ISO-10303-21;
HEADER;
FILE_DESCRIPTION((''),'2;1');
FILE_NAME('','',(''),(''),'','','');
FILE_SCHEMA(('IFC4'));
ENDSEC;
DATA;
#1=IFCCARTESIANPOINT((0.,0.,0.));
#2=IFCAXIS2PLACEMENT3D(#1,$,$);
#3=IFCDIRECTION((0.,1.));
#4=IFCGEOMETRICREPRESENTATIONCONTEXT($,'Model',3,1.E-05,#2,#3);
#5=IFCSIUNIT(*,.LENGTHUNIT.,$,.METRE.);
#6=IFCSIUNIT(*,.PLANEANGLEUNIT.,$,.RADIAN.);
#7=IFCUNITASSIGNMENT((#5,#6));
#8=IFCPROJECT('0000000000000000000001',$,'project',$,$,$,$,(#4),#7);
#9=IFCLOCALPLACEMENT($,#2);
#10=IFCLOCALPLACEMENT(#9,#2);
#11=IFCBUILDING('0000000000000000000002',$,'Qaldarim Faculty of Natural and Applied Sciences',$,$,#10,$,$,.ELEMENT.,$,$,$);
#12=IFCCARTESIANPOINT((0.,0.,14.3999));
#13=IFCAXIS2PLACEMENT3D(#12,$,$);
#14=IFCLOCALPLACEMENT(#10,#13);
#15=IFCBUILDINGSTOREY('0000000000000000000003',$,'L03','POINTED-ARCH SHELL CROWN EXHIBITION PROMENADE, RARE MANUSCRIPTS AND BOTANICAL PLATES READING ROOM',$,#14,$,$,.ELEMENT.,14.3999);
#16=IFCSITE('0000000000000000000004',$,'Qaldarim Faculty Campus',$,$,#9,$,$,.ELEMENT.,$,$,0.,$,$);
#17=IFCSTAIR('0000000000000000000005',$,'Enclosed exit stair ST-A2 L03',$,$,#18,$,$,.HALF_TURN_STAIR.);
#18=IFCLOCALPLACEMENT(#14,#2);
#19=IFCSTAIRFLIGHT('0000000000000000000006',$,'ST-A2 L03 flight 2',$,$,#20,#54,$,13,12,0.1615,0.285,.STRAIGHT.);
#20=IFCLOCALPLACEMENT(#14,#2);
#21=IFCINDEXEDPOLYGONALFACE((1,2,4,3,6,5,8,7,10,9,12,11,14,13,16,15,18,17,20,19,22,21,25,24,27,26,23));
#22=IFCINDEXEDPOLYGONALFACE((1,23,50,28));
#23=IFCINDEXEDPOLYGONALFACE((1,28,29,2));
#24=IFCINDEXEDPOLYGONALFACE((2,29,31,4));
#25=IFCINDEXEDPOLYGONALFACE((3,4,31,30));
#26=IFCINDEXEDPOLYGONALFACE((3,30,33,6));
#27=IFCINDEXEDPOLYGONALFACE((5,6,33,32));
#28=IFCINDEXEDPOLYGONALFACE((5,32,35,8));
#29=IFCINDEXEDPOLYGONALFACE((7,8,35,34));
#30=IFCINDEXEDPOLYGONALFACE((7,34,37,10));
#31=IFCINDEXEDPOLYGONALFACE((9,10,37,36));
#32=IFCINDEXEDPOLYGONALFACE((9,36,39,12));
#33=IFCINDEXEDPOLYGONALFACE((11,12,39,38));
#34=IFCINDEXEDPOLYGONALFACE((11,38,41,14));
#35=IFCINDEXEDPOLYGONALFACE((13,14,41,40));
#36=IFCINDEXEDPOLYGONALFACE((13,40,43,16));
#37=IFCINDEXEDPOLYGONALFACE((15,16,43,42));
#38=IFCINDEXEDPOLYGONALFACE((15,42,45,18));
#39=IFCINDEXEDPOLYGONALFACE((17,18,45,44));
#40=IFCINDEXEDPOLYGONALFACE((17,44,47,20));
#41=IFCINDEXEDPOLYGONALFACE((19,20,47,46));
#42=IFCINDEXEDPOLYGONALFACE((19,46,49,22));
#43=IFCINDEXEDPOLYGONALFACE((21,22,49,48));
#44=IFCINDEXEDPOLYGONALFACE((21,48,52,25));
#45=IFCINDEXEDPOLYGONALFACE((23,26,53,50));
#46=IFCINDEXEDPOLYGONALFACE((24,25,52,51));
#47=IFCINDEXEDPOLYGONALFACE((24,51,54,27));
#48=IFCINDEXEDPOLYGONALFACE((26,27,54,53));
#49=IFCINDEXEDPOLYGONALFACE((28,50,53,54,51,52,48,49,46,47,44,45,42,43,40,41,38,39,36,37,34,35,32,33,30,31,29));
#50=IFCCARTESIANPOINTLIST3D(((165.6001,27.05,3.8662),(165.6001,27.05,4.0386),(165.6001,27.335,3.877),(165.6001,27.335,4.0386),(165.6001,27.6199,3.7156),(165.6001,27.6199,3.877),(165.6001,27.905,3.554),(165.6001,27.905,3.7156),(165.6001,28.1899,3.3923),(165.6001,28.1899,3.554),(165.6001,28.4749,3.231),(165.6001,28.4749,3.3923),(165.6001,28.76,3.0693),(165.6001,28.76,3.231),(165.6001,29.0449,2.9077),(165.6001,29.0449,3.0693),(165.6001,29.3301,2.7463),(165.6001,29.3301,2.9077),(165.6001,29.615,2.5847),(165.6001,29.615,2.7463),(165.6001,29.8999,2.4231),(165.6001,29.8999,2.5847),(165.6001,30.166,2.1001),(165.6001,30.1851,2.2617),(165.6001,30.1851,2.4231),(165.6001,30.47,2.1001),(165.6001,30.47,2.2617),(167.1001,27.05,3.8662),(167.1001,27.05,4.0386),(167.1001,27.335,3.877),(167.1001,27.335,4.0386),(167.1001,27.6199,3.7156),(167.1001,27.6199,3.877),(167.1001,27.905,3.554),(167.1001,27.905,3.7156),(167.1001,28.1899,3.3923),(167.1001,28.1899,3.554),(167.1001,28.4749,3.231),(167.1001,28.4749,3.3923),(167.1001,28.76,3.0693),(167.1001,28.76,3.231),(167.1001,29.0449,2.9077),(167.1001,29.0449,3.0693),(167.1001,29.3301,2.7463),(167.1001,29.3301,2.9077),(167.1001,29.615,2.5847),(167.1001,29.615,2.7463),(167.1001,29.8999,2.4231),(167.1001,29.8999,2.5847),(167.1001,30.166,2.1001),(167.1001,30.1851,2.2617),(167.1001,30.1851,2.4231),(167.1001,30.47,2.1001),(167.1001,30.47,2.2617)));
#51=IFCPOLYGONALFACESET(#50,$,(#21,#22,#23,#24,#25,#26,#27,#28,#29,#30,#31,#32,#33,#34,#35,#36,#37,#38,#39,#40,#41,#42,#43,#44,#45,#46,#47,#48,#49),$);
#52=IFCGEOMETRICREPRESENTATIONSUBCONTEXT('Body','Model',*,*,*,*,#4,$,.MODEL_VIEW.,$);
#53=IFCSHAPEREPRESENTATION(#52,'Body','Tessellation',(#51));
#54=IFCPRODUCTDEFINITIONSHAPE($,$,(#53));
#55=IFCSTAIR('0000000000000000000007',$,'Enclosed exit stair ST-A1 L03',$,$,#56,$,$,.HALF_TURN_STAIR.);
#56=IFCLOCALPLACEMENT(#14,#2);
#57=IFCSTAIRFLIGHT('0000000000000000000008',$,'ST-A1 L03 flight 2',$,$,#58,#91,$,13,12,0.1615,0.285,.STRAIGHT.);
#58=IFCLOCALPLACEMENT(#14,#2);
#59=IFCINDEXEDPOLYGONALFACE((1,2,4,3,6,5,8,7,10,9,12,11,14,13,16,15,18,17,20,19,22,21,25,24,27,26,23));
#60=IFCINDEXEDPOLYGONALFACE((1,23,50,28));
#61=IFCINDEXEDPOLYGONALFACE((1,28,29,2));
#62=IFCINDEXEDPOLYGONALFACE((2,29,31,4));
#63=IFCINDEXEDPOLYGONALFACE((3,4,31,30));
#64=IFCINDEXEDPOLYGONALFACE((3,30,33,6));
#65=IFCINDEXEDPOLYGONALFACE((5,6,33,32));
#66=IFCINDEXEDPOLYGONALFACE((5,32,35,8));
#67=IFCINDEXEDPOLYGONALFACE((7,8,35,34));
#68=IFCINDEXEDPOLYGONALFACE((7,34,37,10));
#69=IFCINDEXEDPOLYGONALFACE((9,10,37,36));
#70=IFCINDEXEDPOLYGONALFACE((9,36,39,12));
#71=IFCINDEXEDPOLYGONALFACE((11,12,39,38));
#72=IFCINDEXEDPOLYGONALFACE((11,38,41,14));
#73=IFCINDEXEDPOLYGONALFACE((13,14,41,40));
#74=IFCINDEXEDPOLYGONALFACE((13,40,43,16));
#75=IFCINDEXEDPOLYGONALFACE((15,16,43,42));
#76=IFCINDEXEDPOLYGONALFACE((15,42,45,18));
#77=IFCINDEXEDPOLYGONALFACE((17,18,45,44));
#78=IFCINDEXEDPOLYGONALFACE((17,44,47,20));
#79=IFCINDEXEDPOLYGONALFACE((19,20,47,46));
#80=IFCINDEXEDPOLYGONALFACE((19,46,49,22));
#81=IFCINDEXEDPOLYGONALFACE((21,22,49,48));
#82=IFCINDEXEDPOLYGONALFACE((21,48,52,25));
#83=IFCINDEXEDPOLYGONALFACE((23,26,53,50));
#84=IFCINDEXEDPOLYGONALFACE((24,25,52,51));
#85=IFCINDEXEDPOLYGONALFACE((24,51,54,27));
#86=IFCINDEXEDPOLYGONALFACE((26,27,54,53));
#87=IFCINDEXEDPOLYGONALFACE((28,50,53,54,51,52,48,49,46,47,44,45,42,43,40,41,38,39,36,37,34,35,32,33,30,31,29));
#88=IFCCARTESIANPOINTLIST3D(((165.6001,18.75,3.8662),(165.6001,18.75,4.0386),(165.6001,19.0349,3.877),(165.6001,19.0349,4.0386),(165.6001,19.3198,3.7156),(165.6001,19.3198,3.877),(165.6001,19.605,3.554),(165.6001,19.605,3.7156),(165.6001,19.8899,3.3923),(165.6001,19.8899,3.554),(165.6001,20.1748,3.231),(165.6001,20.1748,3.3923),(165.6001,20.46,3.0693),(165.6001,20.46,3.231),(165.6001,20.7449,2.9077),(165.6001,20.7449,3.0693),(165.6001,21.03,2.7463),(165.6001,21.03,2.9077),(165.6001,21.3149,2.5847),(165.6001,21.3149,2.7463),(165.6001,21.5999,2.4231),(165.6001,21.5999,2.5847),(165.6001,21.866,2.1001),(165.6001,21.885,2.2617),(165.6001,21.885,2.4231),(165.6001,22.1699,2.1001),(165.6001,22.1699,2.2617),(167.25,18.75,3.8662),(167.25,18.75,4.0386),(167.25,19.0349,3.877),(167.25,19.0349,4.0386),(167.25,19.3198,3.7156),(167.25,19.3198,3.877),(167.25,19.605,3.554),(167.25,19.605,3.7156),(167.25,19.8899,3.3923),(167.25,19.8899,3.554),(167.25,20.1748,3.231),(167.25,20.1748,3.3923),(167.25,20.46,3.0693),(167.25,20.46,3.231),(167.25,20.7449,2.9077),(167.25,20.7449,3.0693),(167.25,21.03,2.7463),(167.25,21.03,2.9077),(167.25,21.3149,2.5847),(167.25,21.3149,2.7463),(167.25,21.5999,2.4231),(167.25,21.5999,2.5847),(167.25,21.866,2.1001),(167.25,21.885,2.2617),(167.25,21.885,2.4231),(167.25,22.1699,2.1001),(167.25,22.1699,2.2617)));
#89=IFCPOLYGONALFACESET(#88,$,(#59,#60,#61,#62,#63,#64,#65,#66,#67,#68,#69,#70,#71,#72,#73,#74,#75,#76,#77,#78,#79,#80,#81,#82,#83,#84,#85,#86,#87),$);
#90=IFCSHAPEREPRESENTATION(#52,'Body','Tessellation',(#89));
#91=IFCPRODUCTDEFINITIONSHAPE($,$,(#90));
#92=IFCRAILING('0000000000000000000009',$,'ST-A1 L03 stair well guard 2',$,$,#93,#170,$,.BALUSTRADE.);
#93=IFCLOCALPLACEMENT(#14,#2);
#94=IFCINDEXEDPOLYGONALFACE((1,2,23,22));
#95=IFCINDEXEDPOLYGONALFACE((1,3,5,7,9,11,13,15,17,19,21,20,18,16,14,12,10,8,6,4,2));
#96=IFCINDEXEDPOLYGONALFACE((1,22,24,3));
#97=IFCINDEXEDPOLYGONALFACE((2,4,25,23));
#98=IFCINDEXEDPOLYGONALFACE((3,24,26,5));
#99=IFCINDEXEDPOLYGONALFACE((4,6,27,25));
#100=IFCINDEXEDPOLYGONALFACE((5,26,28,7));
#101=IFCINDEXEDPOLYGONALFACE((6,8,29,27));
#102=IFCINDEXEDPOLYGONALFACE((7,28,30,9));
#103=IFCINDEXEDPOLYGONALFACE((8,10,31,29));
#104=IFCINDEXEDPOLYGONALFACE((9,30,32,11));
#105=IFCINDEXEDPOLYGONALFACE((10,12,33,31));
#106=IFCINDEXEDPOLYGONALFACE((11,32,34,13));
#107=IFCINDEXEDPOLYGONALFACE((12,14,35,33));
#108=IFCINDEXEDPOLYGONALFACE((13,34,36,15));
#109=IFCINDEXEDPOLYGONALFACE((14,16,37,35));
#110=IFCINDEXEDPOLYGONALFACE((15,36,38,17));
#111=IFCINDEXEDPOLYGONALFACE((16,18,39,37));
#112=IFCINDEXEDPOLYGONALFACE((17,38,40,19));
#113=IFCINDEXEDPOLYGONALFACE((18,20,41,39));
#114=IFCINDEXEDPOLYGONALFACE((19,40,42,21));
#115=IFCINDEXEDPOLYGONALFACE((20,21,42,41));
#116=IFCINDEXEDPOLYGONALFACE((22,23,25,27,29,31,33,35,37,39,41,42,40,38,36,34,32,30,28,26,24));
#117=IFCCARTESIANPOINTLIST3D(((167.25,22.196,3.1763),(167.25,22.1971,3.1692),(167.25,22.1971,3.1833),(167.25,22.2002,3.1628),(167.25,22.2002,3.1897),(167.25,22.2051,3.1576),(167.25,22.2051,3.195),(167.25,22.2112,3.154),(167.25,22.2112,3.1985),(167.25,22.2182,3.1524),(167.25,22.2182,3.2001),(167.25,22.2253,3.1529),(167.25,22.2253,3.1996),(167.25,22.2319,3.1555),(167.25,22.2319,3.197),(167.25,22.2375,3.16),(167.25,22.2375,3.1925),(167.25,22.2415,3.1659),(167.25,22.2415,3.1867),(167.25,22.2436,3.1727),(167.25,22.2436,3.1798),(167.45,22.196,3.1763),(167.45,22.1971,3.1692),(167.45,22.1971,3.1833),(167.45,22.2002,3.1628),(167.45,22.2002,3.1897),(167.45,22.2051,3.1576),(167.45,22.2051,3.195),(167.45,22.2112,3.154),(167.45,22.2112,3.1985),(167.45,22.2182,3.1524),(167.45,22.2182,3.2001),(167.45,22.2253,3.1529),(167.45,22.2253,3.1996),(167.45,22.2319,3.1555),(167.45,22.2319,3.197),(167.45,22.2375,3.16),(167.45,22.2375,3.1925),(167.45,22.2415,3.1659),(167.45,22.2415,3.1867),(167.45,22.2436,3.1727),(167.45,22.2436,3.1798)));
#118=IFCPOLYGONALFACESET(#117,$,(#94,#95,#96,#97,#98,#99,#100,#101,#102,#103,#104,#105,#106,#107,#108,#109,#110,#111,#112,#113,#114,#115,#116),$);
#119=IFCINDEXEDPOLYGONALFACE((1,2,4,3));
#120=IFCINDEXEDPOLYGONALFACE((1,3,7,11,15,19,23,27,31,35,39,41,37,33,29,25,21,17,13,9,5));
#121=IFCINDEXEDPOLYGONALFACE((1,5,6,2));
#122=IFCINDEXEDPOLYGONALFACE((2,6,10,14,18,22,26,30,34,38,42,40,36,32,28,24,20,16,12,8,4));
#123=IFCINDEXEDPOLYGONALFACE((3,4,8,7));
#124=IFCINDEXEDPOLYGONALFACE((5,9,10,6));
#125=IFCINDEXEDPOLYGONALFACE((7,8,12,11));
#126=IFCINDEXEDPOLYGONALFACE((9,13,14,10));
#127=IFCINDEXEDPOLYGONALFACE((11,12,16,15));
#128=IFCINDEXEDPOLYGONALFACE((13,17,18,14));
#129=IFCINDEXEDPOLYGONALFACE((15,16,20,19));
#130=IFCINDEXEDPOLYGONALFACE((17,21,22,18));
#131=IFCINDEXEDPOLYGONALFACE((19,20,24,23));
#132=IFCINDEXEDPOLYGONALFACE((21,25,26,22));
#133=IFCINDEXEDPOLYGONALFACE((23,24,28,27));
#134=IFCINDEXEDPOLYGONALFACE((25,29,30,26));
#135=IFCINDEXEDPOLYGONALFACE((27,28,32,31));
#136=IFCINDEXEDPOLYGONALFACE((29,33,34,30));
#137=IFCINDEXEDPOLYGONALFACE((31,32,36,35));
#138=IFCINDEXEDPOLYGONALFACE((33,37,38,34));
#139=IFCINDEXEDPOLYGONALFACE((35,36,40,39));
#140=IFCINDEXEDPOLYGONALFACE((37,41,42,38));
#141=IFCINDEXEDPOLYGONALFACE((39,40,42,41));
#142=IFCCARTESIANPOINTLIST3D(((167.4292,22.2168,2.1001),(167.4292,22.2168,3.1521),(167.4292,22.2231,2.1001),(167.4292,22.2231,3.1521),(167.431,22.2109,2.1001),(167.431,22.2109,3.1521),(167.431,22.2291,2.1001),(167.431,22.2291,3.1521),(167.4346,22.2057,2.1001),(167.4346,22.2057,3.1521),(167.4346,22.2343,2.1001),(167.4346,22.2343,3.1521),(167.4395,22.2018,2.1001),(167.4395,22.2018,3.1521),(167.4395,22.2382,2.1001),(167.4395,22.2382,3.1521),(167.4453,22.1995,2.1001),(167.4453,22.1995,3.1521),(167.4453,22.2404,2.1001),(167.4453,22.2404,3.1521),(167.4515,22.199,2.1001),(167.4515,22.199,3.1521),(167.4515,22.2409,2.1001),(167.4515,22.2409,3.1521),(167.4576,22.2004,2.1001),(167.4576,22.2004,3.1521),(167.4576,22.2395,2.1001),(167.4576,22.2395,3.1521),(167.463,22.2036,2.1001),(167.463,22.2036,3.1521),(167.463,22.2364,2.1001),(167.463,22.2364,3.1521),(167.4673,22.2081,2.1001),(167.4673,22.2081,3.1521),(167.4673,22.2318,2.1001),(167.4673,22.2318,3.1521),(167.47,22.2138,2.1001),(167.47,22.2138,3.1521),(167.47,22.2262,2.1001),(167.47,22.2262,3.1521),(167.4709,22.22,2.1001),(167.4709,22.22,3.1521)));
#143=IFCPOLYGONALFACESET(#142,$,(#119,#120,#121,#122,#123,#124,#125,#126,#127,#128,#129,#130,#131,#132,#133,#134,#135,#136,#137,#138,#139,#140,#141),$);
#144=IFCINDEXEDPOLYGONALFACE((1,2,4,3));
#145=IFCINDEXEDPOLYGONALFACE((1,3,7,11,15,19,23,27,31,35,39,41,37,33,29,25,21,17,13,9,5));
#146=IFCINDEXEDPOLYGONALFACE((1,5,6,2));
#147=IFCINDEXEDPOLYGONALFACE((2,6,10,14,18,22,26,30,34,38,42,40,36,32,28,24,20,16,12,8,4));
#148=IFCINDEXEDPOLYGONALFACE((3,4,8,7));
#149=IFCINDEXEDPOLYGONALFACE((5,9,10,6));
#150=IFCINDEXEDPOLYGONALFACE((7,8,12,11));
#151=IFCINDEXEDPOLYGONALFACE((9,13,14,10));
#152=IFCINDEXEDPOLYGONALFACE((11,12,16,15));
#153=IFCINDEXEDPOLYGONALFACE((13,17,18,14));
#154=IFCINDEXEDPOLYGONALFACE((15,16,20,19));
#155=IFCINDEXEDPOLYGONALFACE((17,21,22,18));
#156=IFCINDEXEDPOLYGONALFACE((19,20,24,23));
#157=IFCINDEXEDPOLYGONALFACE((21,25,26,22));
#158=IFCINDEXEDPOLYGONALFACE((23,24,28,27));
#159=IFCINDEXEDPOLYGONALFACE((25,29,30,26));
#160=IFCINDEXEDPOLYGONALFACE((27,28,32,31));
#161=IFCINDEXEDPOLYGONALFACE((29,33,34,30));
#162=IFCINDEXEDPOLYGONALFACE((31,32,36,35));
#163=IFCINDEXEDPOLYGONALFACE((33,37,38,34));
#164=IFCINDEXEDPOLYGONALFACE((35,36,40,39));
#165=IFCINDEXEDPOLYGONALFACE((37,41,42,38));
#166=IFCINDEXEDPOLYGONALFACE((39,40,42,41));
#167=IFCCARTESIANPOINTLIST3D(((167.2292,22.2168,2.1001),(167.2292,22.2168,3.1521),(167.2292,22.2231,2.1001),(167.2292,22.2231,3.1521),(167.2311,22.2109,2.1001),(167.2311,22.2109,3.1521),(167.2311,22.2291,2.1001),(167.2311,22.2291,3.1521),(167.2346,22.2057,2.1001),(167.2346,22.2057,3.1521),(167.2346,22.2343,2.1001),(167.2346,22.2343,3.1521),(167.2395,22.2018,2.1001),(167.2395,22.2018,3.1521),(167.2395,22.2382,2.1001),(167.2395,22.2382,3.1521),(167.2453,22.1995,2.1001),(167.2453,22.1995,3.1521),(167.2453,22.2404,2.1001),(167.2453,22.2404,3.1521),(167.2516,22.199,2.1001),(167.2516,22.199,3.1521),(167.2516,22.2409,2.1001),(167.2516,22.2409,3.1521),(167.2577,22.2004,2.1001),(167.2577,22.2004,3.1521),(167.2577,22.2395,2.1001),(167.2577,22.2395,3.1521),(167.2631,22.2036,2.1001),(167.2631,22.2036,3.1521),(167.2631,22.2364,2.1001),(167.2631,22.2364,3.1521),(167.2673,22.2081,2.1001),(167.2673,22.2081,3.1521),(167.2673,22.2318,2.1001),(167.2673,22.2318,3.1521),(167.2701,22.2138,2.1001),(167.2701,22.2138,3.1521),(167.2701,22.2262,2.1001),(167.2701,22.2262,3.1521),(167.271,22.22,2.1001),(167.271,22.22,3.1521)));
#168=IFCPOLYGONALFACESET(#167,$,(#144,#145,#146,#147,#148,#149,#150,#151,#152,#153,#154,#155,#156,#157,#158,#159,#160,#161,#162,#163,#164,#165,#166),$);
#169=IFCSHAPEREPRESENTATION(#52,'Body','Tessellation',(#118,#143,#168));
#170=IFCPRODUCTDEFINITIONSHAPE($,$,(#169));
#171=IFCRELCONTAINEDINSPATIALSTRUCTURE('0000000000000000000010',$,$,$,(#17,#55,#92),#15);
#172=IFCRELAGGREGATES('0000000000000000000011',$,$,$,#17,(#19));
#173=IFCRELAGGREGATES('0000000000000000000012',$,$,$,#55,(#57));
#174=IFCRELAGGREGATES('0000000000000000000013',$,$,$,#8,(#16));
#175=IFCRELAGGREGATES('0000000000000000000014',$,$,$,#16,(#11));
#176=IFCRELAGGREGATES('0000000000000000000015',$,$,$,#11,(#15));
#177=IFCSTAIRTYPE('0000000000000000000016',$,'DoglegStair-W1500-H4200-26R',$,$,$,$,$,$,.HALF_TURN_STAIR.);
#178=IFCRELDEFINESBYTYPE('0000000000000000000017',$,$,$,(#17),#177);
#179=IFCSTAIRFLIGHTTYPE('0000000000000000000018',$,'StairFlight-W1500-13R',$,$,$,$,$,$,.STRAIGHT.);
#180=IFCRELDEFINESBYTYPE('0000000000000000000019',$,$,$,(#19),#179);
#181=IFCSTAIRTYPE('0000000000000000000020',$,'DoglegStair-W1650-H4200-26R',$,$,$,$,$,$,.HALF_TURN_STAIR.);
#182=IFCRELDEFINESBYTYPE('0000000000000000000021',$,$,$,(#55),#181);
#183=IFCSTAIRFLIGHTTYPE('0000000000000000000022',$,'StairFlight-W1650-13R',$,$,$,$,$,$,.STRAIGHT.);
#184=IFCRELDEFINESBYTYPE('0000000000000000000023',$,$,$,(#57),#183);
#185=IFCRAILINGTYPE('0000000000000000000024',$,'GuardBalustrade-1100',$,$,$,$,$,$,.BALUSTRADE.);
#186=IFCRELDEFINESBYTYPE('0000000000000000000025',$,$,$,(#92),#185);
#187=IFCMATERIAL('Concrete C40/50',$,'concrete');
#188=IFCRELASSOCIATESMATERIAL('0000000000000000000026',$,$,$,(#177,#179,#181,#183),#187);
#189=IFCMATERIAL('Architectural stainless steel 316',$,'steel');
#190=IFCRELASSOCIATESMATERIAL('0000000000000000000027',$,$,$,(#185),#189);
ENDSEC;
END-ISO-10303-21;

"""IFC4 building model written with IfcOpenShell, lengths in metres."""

from ifc_helpers import new_model, si_unit, direction, frame, origin, origin_2d, place, context, subcontext, project, spatial, polyline, circle, outline, extrude, material, type_object, element, aggregate, save


model = new_model("IFC4")

# Units and contexts
model_context = context("Model", 3, precision=1e-05, world=origin(), true_north=direction((0.0, 1.0)))
body_context = subcontext(model_context, "Body", "Model", "MODEL_VIEW")
ifc_project = project(units=[si_unit("LENGTHUNIT", "METRE"), si_unit("PLANEANGLEUNIT", "RADIAN")], contexts=[model_context])

# Site, building, storey
site_placement = place(None, origin())
site = spatial("IfcSite", under=ifc_project, at=site_placement, Name="Qaldarim Faculty Campus", CompositionType="ELEMENT", RefElevation=0.0)
building_placement = place(site_placement, origin())
building = spatial("IfcBuilding", under=site, at=building_placement, Name="Qaldarim Faculty of Natural and Applied Sciences", CompositionType="ELEMENT")
storey_placement = place(building_placement, frame((0.0, 0.0, 14.3999)))
storey = spatial("IfcBuildingStorey", under=building, at=storey_placement, Name="L03", Description="POINTED-ARCH SHELL CROWN EXHIBITION PROMENADE, RARE MANUSCRIPTS AND BOTANICAL PLATES READING ROOM", CompositionType="ELEMENT", Elevation=14.3999)

# Shared definitions
ifc_material_1 = material(Name="Concrete C40/50", Category="concrete")

# Shared definitions
ifc_material_2 = material(Name="Architectural stainless steel 316", Category="steel")

# Stair, stair flight
stair_type_1 = type_object("IfcStairType", Name="DoglegStair-W1500-H4200-26R", PredefinedType="HALF_TURN_STAIR", material=ifc_material_1)
stair_1_placement = place(storey_placement, origin())
stair_1 = element("IfcStair", 1, at=stair_1_placement, inside=storey, type_object=stair_type_1, Name="Enclosed exit stair ST-A2 L03", PredefinedType="HALF_TURN_STAIR")
stair_flight_type_1 = type_object("IfcStairFlightType", Name="StairFlight-W1500-13R", PredefinedType="STRAIGHT", material=ifc_material_1)
stair_flight_1_placement = place(storey_placement, frame((166.3501, 30.47, 2.1001), z_axis=(0.0, 0.0, 1.0), x_axis=(0.0, -1.0, 0.0)))
stair_flight_1 = element("IfcStairFlight", 2, at=stair_flight_1_placement, type_object=stair_flight_type_1, Name="ST-A2 L03 flight 2", NumberOfRisers=13, NumberOfTreads=12, PredefinedType="STRAIGHT", RiserHeight=0.1615, TreadLength=0.285, context=body_context, shape_type="SweptSolid", body=[
    extrude(outline(polyline([(0.0, 0.0), (0.0, 0.1616), (0.2849, 0.1616), (0.2849, 0.323), (0.5701, 0.323), (0.5701, 0.4846), (0.855, 0.4846), (0.855, 0.6462), (1.1399, 0.6462), (1.1399, 0.8076), (1.425, 0.8076), (1.425, 0.9692), (1.71, 0.9692), (1.71, 1.1309), (1.9951, 1.1309), (1.9951, 1.2922), (2.28, 1.2922), (2.28, 1.4539), (2.5649, 1.4539), (2.5649, 1.6155), (2.8501, 1.6155), (2.8501, 1.7769), (3.135, 1.7769), (3.135, 1.9385), (3.4199, 1.9385), (3.4199, 2.1001), (3.4199, 1.7661), (0.304, 0.0), (0.0, 0.0)])), frame((0.0, 0.75, 0.0), z_axis=(0.0, -1.0, 0.0), x_axis=(1.0, 0.0, 0.0)), (0.0, 0.0, 1.0), 1.5),
])
aggregate(stair_1, [stair_flight_1])

# Stair, stair flight
stair_type_2 = type_object("IfcStairType", Name="DoglegStair-W1650-H4200-26R", PredefinedType="HALF_TURN_STAIR", material=ifc_material_1)
stair_2_placement = place(storey_placement, origin())
stair_2 = element("IfcStair", 3, at=stair_2_placement, inside=storey, type_object=stair_type_2, Name="Enclosed exit stair ST-A1 L03", PredefinedType="HALF_TURN_STAIR")
stair_flight_type_2 = type_object("IfcStairFlightType", Name="StairFlight-W1650-13R", PredefinedType="STRAIGHT", material=ifc_material_1)
stair_flight_2_placement = place(storey_placement, frame((166.425, 22.1699, 2.1001), z_axis=(0.0, 0.0, 1.0), x_axis=(0.0, -1.0, 0.0)))
stair_flight_2 = element("IfcStairFlight", 4, at=stair_flight_2_placement, type_object=stair_flight_type_2, Name="ST-A1 L03 flight 2", NumberOfRisers=13, NumberOfTreads=12, PredefinedType="STRAIGHT", RiserHeight=0.1615, TreadLength=0.285, context=body_context, shape_type="SweptSolid", body=[
    extrude(outline(polyline([(0.0, 0.0), (0.0, 0.1616), (0.2849, 0.1616), (0.2849, 0.323), (0.5701, 0.323), (0.5701, 0.4846), (0.855, 0.4846), (0.855, 0.6462), (1.1399, 0.6462), (1.1399, 0.8076), (1.425, 0.8076), (1.425, 0.9692), (1.71, 0.9692), (1.71, 1.1309), (1.9951, 1.1309), (1.9951, 1.2922), (2.28, 1.2922), (2.28, 1.4539), (2.5649, 1.4539), (2.5649, 1.6155), (2.8501, 1.6155), (2.8501, 1.7769), (3.135, 1.7769), (3.135, 1.9385), (3.4199, 1.9385), (3.4199, 2.1001), (3.4199, 1.7661), (0.304, 0.0), (0.0, 0.0)])), frame((0.0, 0.825, 0.0), z_axis=(0.0, -1.0, 0.0), x_axis=(1.0, 0.0, 0.0)), (0.0, 0.0, 1.0), 1.6499),
])
aggregate(stair_2, [stair_flight_2])

# Railing
railing_type_1 = type_object("IfcRailingType", Name="GuardBalustrade-1100", PredefinedType="BALUSTRADE", material=ifc_material_2)
railing_1_placement = place(storey_placement, frame((167.45, 22.22, 2.1001)))
element("IfcRailing", 5, at=railing_1_placement, inside=storey, type_object=railing_type_1, Name="ST-A1 L03 stair well guard 2", PredefinedType="BALUSTRADE", context=body_context, shape_type="SweptSolid", body=[
    extrude(circle(Radius=0.0239, at=origin_2d()), frame((0.0, 0.0, 1.0762), z_axis=(-1.0, 0.0, 0.0), x_axis=(0.0, -1.0, 0.0)), (0.0, 0.0, 1.0), 0.2),
    extrude(circle(Radius=0.021, at=origin_2d()), origin(), (0.0, 0.0, 1.0), 1.052),
    extrude(circle(Radius=0.021, at=origin_2d()), frame((-0.2, 0.0, 0.0)), (0.0, 0.0, 1.0), 1.052),
])

save(model, "model.ifc")
